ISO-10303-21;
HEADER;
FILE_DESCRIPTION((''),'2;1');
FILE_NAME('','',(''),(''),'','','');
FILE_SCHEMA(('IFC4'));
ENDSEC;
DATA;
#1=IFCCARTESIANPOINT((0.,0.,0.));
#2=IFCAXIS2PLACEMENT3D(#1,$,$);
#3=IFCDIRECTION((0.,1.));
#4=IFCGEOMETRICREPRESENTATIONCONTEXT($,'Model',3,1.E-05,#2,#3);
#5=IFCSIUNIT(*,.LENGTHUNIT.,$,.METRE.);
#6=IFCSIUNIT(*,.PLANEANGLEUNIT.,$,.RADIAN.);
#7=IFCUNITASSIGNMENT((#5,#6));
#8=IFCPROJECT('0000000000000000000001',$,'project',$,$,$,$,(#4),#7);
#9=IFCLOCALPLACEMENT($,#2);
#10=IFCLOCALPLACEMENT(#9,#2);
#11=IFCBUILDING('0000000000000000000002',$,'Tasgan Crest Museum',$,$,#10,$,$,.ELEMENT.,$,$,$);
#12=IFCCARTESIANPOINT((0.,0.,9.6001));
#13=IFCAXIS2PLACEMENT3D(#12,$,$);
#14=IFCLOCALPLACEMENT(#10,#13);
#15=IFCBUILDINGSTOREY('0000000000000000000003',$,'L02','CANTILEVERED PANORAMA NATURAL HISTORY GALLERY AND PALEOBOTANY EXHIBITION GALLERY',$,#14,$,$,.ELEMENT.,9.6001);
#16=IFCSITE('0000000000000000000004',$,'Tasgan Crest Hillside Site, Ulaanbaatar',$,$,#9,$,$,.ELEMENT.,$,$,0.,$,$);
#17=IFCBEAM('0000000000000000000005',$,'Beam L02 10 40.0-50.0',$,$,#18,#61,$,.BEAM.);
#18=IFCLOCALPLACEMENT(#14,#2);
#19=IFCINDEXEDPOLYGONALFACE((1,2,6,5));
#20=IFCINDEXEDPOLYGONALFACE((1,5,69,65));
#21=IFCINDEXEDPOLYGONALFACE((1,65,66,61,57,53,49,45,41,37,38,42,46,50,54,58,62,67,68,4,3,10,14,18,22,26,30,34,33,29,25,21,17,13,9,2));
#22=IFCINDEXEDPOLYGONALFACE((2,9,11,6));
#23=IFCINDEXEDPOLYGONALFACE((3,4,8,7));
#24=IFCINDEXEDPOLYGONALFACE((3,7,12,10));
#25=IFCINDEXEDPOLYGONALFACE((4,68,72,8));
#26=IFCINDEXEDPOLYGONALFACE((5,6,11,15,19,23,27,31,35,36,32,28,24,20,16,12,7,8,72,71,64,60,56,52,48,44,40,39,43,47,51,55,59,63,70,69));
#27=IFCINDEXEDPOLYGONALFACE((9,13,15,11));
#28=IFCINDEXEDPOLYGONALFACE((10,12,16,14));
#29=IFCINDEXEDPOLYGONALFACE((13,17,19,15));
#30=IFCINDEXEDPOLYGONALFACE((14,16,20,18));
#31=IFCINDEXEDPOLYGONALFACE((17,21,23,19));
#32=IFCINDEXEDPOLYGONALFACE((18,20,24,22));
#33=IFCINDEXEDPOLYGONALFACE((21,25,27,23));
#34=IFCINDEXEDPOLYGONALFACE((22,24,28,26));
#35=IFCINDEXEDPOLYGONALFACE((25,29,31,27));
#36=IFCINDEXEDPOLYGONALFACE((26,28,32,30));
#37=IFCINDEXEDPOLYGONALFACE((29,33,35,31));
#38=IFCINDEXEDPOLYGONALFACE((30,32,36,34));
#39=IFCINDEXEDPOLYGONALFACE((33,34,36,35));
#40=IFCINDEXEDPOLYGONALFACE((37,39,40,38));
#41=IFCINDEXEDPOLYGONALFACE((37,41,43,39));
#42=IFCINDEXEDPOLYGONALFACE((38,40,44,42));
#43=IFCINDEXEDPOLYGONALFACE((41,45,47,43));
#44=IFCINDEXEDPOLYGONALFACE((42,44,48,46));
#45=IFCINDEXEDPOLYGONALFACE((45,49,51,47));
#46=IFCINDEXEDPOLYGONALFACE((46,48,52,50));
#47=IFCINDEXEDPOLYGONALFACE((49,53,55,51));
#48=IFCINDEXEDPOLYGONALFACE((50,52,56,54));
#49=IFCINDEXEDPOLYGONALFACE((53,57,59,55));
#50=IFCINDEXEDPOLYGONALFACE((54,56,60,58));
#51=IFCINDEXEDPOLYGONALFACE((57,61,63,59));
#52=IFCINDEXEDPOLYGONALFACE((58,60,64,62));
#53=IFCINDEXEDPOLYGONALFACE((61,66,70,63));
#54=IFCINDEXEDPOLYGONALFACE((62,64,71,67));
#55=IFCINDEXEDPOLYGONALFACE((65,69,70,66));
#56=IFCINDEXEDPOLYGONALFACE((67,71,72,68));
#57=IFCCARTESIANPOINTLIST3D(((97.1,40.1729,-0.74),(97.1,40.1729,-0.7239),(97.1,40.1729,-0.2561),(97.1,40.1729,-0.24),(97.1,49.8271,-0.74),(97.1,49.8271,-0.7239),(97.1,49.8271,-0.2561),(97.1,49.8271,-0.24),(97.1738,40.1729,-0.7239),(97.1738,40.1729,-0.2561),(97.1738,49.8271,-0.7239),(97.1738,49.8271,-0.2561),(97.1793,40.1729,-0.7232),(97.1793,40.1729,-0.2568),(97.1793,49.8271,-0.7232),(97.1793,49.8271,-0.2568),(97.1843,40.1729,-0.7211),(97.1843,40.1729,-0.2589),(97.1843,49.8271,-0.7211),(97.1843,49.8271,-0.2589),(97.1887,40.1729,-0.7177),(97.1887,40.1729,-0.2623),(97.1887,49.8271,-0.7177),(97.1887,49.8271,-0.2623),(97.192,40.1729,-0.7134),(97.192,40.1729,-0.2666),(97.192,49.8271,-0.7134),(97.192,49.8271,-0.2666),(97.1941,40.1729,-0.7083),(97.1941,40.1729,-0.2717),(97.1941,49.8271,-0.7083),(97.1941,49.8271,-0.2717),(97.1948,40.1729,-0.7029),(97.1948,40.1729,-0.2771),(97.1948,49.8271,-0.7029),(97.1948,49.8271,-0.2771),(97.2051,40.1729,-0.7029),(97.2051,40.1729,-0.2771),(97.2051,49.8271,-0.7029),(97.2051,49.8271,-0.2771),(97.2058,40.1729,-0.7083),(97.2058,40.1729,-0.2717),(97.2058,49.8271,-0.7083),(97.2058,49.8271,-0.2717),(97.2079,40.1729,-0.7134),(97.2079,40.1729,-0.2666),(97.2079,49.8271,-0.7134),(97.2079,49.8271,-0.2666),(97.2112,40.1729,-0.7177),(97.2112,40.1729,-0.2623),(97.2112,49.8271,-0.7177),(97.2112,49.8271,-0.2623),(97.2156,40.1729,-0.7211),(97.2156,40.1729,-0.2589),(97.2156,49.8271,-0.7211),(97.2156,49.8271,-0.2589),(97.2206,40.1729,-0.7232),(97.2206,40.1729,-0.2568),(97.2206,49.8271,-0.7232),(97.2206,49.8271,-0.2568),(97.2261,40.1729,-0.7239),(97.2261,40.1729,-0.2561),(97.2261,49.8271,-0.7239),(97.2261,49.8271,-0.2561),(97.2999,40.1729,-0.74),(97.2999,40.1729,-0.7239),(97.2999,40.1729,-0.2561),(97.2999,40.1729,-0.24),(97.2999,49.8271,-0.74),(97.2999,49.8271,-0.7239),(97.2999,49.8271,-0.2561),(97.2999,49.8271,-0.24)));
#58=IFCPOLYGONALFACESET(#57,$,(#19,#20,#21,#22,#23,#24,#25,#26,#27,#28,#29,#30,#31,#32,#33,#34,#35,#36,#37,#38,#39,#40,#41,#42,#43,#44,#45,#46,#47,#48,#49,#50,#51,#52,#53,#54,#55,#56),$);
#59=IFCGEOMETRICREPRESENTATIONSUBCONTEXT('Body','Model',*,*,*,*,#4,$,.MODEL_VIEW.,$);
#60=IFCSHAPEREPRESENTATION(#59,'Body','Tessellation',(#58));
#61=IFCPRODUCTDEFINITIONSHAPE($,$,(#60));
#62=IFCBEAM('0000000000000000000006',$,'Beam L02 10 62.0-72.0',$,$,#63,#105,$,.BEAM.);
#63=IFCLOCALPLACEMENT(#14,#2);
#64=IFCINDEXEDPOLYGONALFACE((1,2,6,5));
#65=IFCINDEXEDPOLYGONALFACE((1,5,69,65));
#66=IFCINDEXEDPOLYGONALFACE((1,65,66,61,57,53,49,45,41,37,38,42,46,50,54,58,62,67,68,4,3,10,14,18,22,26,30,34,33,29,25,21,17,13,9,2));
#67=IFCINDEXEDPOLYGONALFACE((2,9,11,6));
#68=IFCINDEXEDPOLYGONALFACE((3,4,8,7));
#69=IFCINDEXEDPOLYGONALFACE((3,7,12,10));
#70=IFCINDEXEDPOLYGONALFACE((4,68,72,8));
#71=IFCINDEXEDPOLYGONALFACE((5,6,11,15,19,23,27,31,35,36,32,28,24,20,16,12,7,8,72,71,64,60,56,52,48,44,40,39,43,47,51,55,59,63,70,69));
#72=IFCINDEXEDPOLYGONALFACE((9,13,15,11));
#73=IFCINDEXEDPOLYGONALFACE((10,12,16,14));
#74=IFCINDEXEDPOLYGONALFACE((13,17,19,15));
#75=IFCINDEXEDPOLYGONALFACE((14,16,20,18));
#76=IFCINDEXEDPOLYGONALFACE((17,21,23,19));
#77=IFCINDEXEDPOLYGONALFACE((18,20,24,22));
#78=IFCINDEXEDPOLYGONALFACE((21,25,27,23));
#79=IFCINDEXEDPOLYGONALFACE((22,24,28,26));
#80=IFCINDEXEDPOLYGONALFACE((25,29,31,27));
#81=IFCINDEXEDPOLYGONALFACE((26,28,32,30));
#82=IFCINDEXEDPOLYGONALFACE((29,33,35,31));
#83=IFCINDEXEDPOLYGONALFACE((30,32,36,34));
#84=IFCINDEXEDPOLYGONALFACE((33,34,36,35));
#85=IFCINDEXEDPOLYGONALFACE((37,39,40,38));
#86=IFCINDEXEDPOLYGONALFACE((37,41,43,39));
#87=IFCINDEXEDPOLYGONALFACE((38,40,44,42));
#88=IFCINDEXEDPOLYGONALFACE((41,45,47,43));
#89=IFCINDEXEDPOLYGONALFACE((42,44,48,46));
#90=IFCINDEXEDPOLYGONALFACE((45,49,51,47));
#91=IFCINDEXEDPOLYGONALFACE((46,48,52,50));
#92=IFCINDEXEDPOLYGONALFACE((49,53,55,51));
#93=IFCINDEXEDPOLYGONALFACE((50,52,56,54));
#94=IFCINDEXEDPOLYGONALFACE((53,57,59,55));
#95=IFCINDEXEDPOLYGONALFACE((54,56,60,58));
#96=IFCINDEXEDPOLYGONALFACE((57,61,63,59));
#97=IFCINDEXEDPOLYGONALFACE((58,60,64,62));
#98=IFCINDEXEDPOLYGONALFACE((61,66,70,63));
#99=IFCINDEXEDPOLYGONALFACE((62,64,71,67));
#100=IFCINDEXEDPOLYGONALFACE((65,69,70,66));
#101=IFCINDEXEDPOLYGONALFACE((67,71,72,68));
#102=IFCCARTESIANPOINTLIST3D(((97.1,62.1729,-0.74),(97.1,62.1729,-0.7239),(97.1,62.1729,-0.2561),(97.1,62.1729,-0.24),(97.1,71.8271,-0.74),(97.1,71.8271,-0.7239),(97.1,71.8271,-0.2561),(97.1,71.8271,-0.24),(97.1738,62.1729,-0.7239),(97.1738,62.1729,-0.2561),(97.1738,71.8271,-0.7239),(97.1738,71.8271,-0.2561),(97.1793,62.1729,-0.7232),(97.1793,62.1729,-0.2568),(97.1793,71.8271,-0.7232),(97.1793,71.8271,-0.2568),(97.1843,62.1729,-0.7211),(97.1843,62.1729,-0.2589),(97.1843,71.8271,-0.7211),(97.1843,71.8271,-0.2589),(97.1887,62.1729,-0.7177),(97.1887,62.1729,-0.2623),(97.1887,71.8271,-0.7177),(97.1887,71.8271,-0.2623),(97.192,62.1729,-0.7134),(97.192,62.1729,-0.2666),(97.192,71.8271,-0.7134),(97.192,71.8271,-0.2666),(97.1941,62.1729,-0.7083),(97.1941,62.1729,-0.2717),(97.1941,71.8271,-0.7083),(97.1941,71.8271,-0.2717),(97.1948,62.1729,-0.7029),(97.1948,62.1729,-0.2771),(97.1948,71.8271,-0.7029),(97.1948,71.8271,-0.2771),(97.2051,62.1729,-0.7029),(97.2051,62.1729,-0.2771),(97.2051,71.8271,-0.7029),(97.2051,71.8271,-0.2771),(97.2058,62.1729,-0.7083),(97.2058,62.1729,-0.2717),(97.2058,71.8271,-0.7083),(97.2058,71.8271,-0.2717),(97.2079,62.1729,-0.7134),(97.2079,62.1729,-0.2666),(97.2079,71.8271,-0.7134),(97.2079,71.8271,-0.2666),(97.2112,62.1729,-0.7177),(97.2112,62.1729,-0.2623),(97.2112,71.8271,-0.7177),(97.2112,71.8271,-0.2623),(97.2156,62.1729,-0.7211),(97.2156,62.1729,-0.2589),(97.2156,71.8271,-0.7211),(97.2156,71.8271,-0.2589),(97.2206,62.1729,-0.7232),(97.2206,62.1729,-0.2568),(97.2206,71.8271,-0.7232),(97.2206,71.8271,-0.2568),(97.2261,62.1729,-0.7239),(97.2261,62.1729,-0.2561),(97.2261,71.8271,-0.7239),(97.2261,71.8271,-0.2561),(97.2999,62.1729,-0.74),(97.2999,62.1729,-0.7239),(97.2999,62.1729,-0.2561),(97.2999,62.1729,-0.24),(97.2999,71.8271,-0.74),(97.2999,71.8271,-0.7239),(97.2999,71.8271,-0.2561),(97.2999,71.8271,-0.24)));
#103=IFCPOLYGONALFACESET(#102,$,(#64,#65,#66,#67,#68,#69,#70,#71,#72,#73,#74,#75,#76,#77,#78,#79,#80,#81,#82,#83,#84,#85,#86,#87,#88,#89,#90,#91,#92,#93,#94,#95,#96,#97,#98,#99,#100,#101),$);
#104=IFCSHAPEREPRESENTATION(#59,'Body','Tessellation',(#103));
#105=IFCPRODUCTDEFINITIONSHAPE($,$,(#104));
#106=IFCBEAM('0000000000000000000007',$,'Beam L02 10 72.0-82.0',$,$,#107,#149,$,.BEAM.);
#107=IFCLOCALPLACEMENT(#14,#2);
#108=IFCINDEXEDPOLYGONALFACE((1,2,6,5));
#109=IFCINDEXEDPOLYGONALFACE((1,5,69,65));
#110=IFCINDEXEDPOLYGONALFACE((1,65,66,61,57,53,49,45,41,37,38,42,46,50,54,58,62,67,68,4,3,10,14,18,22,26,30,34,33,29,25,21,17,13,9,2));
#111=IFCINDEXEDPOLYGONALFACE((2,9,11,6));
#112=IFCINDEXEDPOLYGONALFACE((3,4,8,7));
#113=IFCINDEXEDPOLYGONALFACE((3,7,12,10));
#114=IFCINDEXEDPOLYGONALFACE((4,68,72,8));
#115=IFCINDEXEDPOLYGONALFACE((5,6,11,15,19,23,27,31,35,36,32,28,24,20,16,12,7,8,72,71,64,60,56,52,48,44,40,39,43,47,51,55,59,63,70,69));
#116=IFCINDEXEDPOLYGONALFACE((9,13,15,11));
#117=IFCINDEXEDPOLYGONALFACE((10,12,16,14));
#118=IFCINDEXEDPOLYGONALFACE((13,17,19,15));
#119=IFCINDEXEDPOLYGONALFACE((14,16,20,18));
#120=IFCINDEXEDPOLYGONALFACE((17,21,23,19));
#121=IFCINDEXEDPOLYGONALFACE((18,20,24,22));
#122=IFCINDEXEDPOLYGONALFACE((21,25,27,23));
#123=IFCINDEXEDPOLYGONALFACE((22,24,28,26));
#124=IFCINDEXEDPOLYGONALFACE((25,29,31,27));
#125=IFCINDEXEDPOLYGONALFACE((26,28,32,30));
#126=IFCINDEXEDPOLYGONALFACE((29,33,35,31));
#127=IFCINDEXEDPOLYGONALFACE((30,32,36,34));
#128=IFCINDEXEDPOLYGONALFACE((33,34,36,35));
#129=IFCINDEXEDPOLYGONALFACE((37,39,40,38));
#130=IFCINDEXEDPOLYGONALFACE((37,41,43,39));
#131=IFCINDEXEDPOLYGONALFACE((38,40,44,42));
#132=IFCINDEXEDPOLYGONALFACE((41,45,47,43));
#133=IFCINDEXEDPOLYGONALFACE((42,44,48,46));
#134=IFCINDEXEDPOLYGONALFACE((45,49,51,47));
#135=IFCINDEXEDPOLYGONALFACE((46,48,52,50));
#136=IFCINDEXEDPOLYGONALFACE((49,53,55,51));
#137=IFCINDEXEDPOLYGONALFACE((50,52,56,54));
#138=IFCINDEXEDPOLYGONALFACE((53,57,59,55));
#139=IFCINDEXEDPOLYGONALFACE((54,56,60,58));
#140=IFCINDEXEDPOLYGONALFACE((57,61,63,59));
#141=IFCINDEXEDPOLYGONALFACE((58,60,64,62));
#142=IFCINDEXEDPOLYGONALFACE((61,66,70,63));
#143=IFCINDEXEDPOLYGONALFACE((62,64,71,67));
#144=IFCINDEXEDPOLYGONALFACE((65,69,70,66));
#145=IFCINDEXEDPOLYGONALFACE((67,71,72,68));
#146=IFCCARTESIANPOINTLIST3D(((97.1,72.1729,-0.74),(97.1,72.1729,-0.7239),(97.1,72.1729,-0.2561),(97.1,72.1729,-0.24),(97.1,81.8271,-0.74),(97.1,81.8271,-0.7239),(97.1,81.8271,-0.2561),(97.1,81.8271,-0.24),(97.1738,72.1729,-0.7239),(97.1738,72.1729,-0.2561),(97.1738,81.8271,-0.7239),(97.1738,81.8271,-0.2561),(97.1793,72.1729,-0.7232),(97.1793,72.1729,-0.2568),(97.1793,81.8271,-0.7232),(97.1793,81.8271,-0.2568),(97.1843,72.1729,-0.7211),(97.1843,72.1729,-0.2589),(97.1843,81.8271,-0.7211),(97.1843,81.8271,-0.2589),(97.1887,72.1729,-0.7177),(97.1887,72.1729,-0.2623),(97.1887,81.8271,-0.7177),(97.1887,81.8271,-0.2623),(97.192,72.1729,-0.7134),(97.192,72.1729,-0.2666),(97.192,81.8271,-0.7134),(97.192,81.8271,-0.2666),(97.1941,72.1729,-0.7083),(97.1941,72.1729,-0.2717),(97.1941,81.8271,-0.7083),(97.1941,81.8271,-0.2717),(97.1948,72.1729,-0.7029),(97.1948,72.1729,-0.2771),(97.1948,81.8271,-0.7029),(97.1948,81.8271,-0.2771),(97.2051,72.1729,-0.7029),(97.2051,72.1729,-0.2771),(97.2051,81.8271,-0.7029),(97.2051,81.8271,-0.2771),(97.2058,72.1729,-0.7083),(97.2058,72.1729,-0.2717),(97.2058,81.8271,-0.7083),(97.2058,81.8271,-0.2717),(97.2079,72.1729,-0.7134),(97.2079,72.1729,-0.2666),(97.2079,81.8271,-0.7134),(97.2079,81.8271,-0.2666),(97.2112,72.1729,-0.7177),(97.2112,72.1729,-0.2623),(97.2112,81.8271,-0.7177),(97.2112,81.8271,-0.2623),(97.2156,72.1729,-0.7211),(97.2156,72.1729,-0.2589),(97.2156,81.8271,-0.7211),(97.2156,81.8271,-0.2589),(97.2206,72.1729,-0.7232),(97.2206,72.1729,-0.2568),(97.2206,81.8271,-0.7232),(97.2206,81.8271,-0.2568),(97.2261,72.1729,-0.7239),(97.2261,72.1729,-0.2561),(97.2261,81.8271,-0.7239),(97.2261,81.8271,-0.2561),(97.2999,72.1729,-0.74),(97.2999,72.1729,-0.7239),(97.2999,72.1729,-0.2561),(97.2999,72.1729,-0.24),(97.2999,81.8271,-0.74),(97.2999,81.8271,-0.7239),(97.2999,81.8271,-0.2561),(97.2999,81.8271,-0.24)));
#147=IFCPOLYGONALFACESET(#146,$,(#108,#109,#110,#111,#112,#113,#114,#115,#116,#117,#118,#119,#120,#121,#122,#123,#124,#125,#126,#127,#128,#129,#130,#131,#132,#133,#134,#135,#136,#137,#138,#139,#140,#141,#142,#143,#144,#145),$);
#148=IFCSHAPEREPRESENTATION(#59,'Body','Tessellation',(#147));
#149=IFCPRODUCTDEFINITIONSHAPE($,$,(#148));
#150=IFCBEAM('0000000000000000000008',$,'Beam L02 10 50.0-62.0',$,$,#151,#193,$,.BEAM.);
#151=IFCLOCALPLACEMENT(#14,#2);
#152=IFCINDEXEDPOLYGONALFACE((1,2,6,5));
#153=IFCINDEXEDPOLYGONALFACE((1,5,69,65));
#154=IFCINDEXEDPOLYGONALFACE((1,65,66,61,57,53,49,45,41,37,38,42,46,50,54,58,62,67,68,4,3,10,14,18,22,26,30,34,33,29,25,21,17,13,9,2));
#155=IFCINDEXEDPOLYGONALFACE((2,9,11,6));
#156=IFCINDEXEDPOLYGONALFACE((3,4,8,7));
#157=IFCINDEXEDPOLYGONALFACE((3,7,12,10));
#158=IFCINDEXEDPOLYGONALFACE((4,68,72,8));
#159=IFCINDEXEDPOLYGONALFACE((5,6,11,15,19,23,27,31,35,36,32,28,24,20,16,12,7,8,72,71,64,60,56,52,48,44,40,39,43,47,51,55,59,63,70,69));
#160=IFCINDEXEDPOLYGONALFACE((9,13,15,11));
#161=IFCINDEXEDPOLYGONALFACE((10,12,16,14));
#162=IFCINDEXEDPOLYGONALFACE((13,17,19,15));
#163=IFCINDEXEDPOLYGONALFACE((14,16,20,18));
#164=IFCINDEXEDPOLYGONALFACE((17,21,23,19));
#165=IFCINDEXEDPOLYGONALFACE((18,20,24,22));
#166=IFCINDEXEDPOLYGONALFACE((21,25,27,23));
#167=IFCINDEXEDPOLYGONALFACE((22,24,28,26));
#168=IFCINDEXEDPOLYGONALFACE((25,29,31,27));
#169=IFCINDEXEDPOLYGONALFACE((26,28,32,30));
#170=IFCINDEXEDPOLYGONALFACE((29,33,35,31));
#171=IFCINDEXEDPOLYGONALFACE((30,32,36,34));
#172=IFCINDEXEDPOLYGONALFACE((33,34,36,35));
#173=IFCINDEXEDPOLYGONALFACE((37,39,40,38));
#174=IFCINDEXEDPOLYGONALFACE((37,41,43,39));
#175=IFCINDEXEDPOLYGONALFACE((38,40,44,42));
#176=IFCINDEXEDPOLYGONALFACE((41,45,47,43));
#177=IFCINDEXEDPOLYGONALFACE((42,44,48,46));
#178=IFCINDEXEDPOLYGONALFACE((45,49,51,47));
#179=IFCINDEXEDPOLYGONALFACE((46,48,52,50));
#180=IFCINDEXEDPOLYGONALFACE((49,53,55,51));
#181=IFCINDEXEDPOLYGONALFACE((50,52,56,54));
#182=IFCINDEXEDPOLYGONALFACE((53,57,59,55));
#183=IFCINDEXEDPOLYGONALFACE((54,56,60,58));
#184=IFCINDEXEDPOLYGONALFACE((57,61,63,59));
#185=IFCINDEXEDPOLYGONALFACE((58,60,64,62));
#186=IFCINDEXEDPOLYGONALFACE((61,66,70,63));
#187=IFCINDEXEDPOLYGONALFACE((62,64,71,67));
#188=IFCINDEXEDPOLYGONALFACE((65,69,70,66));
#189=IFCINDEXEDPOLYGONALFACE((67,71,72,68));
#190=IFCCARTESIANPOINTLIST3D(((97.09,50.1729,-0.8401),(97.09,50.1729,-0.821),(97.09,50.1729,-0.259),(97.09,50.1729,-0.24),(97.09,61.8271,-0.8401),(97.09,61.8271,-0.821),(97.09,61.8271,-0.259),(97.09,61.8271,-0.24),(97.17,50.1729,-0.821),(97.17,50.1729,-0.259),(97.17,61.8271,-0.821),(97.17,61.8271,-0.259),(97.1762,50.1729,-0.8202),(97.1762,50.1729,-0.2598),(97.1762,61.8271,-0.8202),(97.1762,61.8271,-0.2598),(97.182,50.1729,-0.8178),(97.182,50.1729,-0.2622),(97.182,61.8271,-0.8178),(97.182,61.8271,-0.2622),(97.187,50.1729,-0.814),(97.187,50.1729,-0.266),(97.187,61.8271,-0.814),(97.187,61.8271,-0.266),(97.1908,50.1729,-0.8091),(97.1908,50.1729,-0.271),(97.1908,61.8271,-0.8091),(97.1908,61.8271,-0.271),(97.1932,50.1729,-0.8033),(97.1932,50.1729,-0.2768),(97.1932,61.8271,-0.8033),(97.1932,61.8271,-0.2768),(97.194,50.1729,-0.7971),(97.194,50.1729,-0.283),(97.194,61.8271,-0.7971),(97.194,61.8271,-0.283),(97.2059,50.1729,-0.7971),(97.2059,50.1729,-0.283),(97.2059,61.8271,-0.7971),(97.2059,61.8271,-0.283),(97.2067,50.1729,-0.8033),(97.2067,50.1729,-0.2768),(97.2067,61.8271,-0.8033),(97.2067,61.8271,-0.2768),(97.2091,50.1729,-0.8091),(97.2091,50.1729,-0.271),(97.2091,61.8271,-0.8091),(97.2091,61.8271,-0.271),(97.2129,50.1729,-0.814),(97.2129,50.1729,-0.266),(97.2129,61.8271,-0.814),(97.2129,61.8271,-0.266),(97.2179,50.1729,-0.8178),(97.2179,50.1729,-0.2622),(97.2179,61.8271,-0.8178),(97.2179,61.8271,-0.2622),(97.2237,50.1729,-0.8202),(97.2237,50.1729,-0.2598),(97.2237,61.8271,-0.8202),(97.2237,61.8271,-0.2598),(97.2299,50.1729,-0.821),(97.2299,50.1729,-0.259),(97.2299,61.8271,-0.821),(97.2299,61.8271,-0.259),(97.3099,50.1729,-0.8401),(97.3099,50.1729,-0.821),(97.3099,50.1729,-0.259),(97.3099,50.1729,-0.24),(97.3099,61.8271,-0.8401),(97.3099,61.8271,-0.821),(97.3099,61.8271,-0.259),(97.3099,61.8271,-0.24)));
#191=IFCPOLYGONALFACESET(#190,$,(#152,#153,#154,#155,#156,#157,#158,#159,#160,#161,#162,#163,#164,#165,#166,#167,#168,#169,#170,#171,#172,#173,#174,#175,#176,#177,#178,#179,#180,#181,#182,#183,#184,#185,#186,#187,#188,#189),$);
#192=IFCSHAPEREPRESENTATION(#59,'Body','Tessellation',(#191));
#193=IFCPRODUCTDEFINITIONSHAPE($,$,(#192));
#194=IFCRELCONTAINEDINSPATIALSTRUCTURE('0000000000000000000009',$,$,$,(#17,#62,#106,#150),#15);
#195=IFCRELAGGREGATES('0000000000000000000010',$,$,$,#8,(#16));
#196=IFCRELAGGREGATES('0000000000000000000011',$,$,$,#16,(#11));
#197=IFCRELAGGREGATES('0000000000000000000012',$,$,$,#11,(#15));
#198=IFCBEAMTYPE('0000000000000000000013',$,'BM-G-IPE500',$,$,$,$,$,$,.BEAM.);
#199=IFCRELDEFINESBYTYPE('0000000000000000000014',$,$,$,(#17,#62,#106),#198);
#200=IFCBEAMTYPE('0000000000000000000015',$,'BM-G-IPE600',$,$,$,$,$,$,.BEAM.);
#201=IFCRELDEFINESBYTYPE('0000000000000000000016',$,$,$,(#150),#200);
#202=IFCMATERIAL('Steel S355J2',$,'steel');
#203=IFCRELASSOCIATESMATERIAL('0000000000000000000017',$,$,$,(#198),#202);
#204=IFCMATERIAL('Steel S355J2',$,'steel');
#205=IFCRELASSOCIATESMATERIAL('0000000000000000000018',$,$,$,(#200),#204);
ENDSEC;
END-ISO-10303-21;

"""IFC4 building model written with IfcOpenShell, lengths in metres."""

from ifc_helpers import new_model, si_unit, direction, frame, origin, origin_2d, place, context, subcontext, project, spatial, i_section, extrude, material, material_profile, profile_set, type_object, element, save


model = new_model("IFC4")

# Units and contexts
model_context = context("Model", 3, precision=1e-05, world=origin(), true_north=direction((0.0, 1.0)))
body_context = subcontext(model_context, "Body", "Model", "MODEL_VIEW")
ifc_project = project(units=[si_unit("LENGTHUNIT", "METRE"), si_unit("PLANEANGLEUNIT", "RADIAN")], contexts=[model_context])

# Site, building, storey
site_placement = place(None, origin())
site = spatial("IfcSite", under=ifc_project, at=site_placement, Name="Tasgan Crest Hillside Site, Ulaanbaatar", CompositionType="ELEMENT", RefElevation=0.0)
building_placement = place(site_placement, origin())
building = spatial("IfcBuilding", under=site, at=building_placement, Name="Tasgan Crest Museum", CompositionType="ELEMENT")
storey_placement = place(building_placement, frame((0.0, 0.0, 9.6001)))
storey = spatial("IfcBuildingStorey", under=building, at=storey_placement, Name="L02", Description="CANTILEVERED PANORAMA NATURAL HISTORY GALLERY AND PALEOBOTANY EXHIBITION GALLERY", CompositionType="ELEMENT", Elevation=9.6001)

# Beams
ifc_material_1 = material(Name="Steel S355J2", Category="steel")
ifc_material_profile_1 = material_profile(ifc_material_1, i_section(OverallWidth=0.2, OverallDepth=0.5, WebThickness=0.0103, FlangeThickness=0.0161, FilletRadius=0.021, at=origin_2d()), Name="IPE 500")
ifc_profile_set_1 = profile_set([ifc_material_profile_1], Name="Steel S355J2")
beam_type_1 = type_object("IfcBeamType", Name="BM-G-IPE500", PredefinedType="BEAM", material=ifc_profile_set_1)
for number, where, z_axis, x_axis, name in (
    (1, (97.2, 40.1729, -0.49), (0.0, 1.0, 0.0), (-1.0, 0.0, 0.0), "Beam L02 10 40.0-50.0"),
    (2, (97.2, 62.1729, -0.49), (0.0, 1.0, 0.0), (-1.0, 0.0, 0.0), "Beam L02 10 62.0-72.0"),
    (3, (97.2, 72.1729, -0.49), (0.0, 1.0, 0.0), (-1.0, 0.0, 0.0), "Beam L02 10 72.0-82.0"),
):
    element("IfcBeam", number, at=place(storey_placement, frame(where, z_axis=z_axis, x_axis=x_axis)), inside=storey, type_object=beam_type_1, Name=name, PredefinedType="BEAM", context=body_context, shape_type="SweptSolid", body=[
        extrude(i_section(OverallWidth=0.2, OverallDepth=0.5, WebThickness=0.0103, FlangeThickness=0.0161, FilletRadius=0.021, at=origin_2d()), origin(), (0.0, 0.0, 1.0), 9.6543),
    ])
ifc_material_2 = material(Name="Steel S355J2", Category="steel")
ifc_material_profile_2 = material_profile(ifc_material_2, i_section(OverallWidth=0.22, OverallDepth=0.6001, WebThickness=0.012, FlangeThickness=0.019, FilletRadius=0.0239, at=origin_2d()), Name="IPE 600")
ifc_profile_set_2 = profile_set([ifc_material_profile_2], Name="Steel S355J2")
beam_type_2 = type_object("IfcBeamType", Name="BM-G-IPE600", PredefinedType="BEAM", material=ifc_profile_set_2)
beam_1_placement = place(storey_placement, frame((97.2, 50.1729, -0.54), z_axis=(0.0, 1.0, 0.0), x_axis=(-1.0, 0.0, 0.0)))
element("IfcBeam", 4, at=beam_1_placement, inside=storey, type_object=beam_type_2, Name="Beam L02 10 50.0-62.0", PredefinedType="BEAM", context=body_context, shape_type="SweptSolid", body=[
    extrude(i_section(OverallWidth=0.22, OverallDepth=0.6001, WebThickness=0.012, FlangeThickness=0.019, FilletRadius=0.0239, at=origin_2d()), origin(), (0.0, 0.0, 1.0), 11.6543),
])

save(model, "model.ifc")
